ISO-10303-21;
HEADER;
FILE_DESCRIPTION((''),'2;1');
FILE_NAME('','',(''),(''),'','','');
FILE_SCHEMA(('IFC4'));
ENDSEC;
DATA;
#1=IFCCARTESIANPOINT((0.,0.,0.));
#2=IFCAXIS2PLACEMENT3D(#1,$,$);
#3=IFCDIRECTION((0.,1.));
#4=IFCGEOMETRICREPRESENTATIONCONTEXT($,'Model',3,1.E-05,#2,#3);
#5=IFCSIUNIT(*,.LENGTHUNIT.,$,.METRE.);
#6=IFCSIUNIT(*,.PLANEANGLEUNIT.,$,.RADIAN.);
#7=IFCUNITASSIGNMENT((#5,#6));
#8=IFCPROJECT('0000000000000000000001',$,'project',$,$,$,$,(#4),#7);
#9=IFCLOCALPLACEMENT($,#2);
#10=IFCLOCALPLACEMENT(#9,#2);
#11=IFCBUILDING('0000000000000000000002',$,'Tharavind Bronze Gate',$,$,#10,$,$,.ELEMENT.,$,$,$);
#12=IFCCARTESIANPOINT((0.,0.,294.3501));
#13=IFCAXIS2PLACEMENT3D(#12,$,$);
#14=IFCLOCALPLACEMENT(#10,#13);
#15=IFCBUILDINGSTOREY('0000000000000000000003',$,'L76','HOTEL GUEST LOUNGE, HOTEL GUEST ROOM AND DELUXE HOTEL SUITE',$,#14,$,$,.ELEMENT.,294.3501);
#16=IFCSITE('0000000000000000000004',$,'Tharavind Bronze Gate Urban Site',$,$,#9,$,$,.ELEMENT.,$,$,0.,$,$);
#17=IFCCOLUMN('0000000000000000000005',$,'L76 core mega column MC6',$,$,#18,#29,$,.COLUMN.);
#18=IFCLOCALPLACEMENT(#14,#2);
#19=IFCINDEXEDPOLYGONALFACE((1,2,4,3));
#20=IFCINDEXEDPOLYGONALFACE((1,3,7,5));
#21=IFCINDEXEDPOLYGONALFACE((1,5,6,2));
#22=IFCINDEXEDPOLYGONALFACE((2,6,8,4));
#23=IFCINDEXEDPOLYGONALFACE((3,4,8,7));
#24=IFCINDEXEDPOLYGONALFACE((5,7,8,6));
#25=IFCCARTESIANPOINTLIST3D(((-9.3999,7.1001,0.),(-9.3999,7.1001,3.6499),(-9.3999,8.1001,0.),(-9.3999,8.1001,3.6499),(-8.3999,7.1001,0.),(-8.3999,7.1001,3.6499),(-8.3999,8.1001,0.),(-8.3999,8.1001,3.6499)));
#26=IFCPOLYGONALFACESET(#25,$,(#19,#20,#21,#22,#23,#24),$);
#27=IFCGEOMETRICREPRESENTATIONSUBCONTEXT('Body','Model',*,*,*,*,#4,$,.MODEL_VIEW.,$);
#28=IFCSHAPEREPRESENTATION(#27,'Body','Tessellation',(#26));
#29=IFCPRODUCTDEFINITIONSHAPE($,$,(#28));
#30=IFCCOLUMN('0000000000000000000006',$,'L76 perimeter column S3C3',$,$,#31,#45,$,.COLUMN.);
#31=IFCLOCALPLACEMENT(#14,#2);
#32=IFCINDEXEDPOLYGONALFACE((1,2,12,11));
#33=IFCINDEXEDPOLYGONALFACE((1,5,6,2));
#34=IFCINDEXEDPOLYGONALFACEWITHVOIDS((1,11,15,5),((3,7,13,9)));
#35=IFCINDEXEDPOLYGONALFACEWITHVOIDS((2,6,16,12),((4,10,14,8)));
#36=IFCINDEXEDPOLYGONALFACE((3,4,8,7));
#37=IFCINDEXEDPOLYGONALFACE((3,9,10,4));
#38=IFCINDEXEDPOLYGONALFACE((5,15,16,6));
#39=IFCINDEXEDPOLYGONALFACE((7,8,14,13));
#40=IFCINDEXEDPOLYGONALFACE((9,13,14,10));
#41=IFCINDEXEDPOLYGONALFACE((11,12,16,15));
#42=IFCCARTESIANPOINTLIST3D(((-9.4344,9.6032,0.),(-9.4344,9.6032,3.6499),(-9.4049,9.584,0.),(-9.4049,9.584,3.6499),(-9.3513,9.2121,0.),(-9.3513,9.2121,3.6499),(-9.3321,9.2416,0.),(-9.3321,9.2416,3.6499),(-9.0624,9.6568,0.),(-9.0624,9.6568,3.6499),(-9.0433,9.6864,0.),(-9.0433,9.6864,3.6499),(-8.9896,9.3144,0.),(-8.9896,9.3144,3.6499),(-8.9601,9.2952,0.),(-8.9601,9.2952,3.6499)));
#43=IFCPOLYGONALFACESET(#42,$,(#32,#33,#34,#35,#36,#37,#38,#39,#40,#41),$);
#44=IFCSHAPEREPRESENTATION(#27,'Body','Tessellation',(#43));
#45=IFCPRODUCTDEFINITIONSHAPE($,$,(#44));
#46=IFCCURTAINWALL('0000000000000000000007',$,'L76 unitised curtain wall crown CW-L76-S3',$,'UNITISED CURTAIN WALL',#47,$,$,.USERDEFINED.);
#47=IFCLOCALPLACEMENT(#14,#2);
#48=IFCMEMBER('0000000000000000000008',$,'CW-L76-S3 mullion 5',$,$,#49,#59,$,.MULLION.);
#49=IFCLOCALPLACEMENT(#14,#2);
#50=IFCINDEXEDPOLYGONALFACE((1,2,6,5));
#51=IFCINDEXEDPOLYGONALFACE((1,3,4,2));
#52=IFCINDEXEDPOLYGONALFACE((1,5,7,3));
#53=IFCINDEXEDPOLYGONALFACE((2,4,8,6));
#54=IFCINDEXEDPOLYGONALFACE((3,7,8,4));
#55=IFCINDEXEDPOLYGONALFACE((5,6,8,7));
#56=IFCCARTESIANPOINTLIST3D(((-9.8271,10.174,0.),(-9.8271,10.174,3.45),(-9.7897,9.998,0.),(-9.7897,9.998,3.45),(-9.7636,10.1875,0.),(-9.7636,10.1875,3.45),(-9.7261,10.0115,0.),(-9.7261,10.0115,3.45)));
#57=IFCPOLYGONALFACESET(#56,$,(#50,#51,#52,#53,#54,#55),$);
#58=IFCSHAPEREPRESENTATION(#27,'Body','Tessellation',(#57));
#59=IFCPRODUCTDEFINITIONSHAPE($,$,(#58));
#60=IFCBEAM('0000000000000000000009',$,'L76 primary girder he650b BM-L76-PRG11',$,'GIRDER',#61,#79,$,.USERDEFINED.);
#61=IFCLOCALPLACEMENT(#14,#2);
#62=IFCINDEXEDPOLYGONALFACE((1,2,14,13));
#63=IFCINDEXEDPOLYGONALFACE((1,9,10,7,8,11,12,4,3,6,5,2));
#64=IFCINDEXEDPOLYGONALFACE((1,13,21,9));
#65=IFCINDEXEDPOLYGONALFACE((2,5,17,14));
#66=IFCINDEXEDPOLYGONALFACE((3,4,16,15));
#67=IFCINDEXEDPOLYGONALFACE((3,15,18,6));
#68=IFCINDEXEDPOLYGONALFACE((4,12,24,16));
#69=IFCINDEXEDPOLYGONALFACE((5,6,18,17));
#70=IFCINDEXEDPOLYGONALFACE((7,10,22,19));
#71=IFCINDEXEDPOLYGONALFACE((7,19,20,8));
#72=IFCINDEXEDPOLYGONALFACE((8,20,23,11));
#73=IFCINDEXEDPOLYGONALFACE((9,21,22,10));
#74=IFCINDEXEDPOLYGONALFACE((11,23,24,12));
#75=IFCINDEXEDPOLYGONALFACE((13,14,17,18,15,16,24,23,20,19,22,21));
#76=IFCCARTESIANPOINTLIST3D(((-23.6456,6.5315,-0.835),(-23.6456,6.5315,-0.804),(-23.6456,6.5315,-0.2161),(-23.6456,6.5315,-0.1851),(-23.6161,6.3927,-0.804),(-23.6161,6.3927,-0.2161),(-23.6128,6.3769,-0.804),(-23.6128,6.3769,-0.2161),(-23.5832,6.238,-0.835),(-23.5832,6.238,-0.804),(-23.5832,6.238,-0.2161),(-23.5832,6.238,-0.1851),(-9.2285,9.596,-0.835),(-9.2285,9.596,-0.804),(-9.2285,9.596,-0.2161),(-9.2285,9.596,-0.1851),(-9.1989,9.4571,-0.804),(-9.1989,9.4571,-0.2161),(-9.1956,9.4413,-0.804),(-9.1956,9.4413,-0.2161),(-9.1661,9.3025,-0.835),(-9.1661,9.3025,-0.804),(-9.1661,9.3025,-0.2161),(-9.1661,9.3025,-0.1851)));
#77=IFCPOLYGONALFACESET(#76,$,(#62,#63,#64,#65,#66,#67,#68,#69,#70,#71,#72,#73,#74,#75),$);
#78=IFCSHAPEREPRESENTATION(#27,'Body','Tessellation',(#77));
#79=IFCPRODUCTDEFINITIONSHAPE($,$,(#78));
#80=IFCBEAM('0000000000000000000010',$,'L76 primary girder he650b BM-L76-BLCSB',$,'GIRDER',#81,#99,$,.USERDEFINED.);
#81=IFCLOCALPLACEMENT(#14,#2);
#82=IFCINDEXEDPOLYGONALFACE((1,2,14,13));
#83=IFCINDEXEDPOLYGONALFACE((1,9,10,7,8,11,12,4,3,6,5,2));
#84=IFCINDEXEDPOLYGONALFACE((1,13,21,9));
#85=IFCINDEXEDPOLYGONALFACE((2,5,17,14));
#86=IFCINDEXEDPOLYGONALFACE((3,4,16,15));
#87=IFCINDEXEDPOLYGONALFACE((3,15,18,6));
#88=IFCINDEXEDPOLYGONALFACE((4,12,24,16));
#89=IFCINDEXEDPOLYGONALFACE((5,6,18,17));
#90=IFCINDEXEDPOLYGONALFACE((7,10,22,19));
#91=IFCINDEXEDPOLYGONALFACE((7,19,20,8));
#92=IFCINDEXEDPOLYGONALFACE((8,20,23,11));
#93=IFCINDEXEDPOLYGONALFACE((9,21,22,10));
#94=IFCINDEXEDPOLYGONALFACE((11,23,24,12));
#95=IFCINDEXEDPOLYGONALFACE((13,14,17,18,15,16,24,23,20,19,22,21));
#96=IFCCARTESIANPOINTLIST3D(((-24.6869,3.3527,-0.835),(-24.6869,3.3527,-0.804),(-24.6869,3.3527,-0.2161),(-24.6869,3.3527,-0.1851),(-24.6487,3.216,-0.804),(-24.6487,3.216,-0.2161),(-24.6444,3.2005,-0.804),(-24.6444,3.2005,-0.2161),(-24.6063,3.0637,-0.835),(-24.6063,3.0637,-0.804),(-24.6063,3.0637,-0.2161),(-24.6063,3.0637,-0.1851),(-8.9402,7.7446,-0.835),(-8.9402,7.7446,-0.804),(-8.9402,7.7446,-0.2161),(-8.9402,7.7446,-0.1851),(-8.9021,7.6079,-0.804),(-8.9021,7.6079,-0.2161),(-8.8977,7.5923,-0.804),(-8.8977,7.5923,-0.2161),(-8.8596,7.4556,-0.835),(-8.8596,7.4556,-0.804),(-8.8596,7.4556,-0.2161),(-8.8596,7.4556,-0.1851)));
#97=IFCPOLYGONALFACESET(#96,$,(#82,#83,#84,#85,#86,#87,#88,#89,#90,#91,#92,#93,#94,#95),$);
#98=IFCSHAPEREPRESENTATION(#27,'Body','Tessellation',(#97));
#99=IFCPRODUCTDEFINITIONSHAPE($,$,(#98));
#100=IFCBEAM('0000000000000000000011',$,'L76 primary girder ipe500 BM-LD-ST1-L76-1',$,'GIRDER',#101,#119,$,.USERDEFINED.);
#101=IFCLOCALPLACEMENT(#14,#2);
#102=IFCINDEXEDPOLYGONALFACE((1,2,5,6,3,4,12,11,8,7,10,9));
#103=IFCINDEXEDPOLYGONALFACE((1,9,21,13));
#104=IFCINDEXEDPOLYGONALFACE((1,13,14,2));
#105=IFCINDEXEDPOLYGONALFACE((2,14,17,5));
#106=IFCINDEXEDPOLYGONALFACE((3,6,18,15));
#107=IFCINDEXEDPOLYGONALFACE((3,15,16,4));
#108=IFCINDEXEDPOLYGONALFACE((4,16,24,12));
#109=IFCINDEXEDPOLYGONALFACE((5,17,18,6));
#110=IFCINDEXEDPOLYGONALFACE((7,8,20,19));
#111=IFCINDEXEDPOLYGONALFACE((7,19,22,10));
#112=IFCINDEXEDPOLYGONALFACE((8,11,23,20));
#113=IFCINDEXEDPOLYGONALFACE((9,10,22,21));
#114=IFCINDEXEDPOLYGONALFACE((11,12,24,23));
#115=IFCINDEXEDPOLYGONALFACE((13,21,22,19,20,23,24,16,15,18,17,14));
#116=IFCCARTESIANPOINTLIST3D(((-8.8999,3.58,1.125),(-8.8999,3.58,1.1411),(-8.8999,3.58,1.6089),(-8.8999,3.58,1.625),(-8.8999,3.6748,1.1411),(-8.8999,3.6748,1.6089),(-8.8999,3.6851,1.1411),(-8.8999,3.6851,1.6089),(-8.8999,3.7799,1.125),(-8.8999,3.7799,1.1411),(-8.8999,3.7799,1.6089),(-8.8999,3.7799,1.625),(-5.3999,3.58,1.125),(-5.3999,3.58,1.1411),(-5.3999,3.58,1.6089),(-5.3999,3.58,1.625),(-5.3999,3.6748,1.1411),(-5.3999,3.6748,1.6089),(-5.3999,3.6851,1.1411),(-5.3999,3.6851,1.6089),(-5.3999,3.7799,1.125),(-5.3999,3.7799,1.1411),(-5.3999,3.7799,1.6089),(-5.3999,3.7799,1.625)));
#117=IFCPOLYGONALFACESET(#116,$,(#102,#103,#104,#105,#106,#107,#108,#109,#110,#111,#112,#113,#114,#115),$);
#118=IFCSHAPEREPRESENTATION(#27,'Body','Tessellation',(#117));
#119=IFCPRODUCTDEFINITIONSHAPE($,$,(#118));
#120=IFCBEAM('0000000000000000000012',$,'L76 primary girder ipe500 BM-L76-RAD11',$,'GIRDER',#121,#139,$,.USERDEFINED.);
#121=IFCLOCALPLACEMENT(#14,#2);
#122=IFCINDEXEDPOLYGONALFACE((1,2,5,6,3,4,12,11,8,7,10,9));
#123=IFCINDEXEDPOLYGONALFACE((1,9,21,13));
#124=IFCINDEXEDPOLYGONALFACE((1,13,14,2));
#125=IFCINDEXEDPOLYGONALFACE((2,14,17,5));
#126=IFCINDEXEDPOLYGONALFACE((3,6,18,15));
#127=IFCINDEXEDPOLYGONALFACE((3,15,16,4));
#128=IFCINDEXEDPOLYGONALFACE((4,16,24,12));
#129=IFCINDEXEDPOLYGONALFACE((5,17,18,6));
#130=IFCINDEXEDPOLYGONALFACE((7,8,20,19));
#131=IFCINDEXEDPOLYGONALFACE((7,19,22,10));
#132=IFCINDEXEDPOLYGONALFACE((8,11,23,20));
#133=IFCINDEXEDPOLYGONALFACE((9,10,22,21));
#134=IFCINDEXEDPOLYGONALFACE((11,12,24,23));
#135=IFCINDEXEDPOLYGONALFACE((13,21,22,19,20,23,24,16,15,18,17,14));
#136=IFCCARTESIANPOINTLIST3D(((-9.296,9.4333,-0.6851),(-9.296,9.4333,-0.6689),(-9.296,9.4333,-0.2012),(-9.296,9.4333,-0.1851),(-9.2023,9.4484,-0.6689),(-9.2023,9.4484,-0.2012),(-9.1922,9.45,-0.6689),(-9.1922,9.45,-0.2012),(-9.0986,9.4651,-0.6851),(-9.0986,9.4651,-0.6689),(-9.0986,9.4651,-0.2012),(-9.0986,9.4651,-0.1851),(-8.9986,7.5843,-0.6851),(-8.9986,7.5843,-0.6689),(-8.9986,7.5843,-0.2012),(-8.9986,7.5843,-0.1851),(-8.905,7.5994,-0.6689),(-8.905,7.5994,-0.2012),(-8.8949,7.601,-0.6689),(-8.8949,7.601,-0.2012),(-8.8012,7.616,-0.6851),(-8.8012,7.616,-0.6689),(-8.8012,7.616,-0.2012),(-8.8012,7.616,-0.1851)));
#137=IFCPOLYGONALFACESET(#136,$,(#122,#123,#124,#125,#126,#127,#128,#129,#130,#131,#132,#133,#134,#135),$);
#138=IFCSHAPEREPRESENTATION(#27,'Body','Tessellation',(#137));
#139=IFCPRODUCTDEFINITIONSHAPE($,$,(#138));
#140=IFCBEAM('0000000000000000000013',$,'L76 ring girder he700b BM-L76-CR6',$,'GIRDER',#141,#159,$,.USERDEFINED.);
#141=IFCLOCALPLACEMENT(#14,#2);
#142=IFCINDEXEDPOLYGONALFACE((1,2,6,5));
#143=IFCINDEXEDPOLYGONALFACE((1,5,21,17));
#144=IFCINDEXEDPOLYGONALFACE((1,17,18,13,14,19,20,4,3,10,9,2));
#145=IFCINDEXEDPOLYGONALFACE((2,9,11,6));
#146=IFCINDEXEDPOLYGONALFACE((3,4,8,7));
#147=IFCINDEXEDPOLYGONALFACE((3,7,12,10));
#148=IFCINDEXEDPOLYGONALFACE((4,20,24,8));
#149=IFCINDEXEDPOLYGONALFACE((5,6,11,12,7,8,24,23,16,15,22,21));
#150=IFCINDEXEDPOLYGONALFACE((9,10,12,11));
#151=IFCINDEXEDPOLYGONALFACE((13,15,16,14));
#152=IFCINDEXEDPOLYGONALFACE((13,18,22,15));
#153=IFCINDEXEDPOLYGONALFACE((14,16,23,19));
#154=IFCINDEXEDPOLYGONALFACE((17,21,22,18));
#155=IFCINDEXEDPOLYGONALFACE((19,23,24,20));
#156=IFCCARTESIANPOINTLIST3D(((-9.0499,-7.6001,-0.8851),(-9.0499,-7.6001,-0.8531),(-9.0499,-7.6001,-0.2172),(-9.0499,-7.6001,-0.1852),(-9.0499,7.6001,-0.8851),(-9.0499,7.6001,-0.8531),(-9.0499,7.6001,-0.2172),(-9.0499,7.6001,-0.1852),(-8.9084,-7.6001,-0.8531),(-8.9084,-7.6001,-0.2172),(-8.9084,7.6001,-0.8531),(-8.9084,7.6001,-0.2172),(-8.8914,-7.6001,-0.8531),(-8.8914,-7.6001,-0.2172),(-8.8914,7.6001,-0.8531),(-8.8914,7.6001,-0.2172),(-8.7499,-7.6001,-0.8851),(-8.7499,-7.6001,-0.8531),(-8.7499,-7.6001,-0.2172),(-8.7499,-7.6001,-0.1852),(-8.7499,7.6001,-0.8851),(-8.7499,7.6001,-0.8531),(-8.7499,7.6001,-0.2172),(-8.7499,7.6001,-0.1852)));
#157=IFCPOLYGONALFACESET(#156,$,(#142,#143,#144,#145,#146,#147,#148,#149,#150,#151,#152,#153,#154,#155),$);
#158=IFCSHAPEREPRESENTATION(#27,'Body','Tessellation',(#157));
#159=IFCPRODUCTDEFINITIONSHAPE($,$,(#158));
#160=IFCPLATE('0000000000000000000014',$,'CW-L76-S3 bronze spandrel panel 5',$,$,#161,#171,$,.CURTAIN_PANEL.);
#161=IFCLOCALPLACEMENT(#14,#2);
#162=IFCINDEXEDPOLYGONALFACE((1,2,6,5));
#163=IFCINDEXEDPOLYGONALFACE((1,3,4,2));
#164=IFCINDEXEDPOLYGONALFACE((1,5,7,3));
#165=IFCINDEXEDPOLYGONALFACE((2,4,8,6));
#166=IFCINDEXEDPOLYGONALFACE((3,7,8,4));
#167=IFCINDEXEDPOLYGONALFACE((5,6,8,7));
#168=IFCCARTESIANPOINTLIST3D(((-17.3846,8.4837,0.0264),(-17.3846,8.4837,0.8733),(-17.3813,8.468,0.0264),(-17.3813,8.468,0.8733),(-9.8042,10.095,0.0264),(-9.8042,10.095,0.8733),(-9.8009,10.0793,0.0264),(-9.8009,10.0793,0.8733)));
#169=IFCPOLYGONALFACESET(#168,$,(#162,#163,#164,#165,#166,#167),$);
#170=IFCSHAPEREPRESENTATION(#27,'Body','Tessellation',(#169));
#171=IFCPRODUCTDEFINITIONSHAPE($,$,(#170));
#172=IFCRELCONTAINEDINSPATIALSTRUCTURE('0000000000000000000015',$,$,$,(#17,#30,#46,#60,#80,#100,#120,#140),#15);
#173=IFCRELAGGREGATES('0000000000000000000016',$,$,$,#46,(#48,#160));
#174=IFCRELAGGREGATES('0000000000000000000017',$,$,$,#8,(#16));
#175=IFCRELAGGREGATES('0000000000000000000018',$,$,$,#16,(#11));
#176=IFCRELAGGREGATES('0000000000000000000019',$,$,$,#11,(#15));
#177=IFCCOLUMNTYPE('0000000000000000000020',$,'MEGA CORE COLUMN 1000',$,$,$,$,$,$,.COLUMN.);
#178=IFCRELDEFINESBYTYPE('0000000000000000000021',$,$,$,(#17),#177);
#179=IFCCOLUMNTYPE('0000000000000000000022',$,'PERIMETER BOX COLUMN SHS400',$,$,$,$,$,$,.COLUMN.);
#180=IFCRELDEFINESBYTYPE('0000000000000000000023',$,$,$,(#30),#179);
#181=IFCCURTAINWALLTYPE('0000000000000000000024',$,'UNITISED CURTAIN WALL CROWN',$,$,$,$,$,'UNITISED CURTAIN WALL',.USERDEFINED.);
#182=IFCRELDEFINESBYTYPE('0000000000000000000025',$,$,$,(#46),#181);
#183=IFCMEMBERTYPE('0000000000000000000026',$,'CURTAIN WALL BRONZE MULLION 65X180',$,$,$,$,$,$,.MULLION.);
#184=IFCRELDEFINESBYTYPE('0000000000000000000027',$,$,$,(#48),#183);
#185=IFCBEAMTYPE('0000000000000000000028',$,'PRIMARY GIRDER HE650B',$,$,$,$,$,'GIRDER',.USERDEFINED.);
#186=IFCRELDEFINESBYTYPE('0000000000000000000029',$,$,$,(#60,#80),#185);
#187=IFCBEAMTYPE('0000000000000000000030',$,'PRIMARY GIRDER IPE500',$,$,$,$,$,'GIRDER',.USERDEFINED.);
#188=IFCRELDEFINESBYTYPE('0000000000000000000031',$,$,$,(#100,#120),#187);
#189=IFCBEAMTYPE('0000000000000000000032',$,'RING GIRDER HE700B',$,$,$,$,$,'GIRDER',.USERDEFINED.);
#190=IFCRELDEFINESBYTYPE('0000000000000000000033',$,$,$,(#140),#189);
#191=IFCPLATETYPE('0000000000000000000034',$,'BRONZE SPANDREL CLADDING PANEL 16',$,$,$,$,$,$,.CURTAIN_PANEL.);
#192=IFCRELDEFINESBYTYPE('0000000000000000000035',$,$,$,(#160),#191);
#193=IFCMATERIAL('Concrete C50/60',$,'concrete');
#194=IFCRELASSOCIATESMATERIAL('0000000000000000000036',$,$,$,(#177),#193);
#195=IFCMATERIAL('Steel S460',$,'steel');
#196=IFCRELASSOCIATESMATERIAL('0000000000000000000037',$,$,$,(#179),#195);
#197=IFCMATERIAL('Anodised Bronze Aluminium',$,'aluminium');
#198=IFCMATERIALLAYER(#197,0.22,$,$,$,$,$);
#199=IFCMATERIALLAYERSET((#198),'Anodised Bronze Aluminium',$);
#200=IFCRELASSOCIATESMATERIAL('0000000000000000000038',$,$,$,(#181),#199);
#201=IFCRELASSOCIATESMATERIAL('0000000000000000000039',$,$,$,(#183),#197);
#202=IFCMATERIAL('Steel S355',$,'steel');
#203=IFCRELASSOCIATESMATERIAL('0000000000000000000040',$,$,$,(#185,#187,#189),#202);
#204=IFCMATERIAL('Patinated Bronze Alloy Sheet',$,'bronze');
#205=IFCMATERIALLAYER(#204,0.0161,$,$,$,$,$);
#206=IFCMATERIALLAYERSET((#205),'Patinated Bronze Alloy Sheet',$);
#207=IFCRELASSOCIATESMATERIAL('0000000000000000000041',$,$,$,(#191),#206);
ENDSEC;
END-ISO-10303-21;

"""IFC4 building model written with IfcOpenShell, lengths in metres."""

from ifc_helpers import new_model, si_unit, direction, frame, origin, origin_2d, place, context, subcontext, project, spatial, rectangle, hollow_rectangle, i_section, extrude, material, layer, layer_set, material_profile, profile_set, type_object, element, aggregate, save


model = new_model("IFC4")

# Units and contexts
model_context = context("Model", 3, precision=1e-05, world=origin(), true_north=direction((0.0, 1.0)))
body_context = subcontext(model_context, "Body", "Model", "MODEL_VIEW")
ifc_project = project(units=[si_unit("LENGTHUNIT", "METRE"), si_unit("PLANEANGLEUNIT", "RADIAN")], contexts=[model_context])

# Site, building, storey
site_placement = place(None, origin())
site = spatial("IfcSite", under=ifc_project, at=site_placement, Name="Tharavind Bronze Gate Urban Site", CompositionType="ELEMENT", RefElevation=0.0)
building_placement = place(site_placement, origin())
building = spatial("IfcBuilding", under=site, at=building_placement, Name="Tharavind Bronze Gate", CompositionType="ELEMENT")
storey_placement = place(building_placement, frame((0.0, 0.0, 294.3501)))
storey = spatial("IfcBuildingStorey", under=building, at=storey_placement, Name="L76", Description="HOTEL GUEST LOUNGE, HOTEL GUEST ROOM AND DELUXE HOTEL SUITE", CompositionType="ELEMENT", Elevation=294.3501)

# Columns
ifc_material_1 = material(Name="Concrete C50/60", Category="concrete")
ifc_material_profile_1 = material_profile(ifc_material_1, rectangle(XDim=1.0, YDim=1.0, at=origin_2d()), Name="RCCOL1000")
ifc_profile_set_1 = profile_set([ifc_material_profile_1], Name="Concrete C50/60")
column_type_1 = type_object("IfcColumnType", Name="MEGA CORE COLUMN 1000", PredefinedType="COLUMN", material=ifc_profile_set_1)
column_1_placement = place(storey_placement, frame((-8.8999, 7.6001, 0.0), z_axis=(0.0, 0.0, 1.0), x_axis=(1.0, 0.0, 0.0)))
element("IfcColumn", 1, at=column_1_placement, inside=storey, type_object=column_type_1, Name="L76 core mega column MC6", PredefinedType="COLUMN", context=body_context, shape_type="SweptSolid", body=[
    extrude(rectangle(XDim=1.0, YDim=1.0, at=origin_2d()), origin(), (0.0, 0.0, 1.0), 3.6499),
])
ifc_material_2 = material(Name="Steel S460", Category="steel")
ifc_material_profile_2 = material_profile(ifc_material_2, hollow_rectangle(XDim=0.3999, YDim=0.3999, WallThickness=0.0249, at=origin_2d()), Name="SHS400X25")
ifc_profile_set_2 = profile_set([ifc_material_profile_2], Name="Steel S460")
column_type_2 = type_object("IfcColumnType", Name="PERIMETER BOX COLUMN SHS400", PredefinedType="COLUMN", material=ifc_profile_set_2)
column_2_placement = place(storey_placement, frame((-9.1973, 9.4492, 0.0), z_axis=(0.0, 0.0, 1.0), x_axis=(0.978147, 0.207913, 0.0)))
element("IfcColumn", 2, at=column_2_placement, inside=storey, type_object=column_type_2, Name="L76 perimeter column S3C3", PredefinedType="COLUMN", context=body_context, shape_type="SweptSolid", body=[
    extrude(hollow_rectangle(XDim=0.3999, YDim=0.3999, WallThickness=0.0249, at=origin_2d()), origin(), (0.0, 0.0, 1.0), 3.6499),
])

# Curtain wall, member
ifc_material_3 = material(Name="Anodised Bronze Aluminium", Category="aluminium")
ifc_layer_1 = layer(ifc_material_3, 0.22)
ifc_layer_set_1 = layer_set([ifc_layer_1], Name="Anodised Bronze Aluminium")
curtain_wall_type = type_object("IfcCurtainWallType", Name="UNITISED CURTAIN WALL CROWN", ElementType="UNITISED CURTAIN WALL", PredefinedType="USERDEFINED", material=ifc_layer_set_1)
curtain_wall_placement = place(storey_placement, origin())
curtain_wall = element("IfcCurtainWall", 3, at=curtain_wall_placement, inside=storey, type_object=curtain_wall_type, Name="L76 unitised curtain wall crown CW-L76-S3", ObjectType="UNITISED CURTAIN WALL", PredefinedType="USERDEFINED")
member_type = type_object("IfcMemberType", Name="CURTAIN WALL BRONZE MULLION 65X180", PredefinedType="MULLION", material=ifc_material_3)
member_placement = place(storey_placement, frame((-9.7766, 10.0928, 0.0), z_axis=(0.0, 0.0, 1.0), x_axis=(-0.978147, -0.207913, 0.0)))
member = element("IfcMember", 4, at=member_placement, type_object=member_type, Name="CW-L76-S3 mullion 5", PredefinedType="MULLION", context=body_context, shape_type="SweptSolid", body=[
    extrude(rectangle(XDim=0.0649, YDim=0.1799, at=origin_2d()), origin(), (0.0, 0.0, 1.0), 3.45),
])

# Beams
ifc_material_4 = material(Name="Steel S355", Category="steel")
ifc_material_profile_3 = material_profile(ifc_material_4, i_section(OverallWidth=0.3, OverallDepth=0.6499, WebThickness=0.0161, FlangeThickness=0.031, at=origin_2d()), Name="HE650B")
ifc_profile_set_3 = profile_set([ifc_material_profile_3], Name="Steel S355")
beam_type_1 = type_object("IfcBeamType", Name="PRIMARY GIRDER HE650B", ElementType="GIRDER", PredefinedType="USERDEFINED", material=ifc_profile_set_3)
beam_1_placement = place(storey_placement, frame((-9.1973, 9.4492, -0.51), z_axis=(-0.978148, -0.20791, 0.0), x_axis=(0.20791, -0.978148, 0.0)))
element("IfcBeam", 5, at=beam_1_placement, inside=storey, type_object=beam_type_1, Name="L76 primary girder he650b BM-L76-PRG11", ObjectType="GIRDER", PredefinedType="USERDEFINED", context=body_context, shape_type="SweptSolid", body=[
    extrude(i_section(OverallWidth=0.3, OverallDepth=0.6499, WebThickness=0.0161, FlangeThickness=0.031, at=origin_2d()), origin(), (0.0, 0.0, 1.0), 14.7393),
])
beam_2_placement = place(storey_placement, frame((-8.8999, 7.6001, -0.51), z_axis=(-0.963237, -0.268654, 0.0), x_axis=(0.268654, -0.963237, 0.0)))
element("IfcBeam", 6, at=beam_2_placement, inside=storey, type_object=beam_type_1, Name="L76 primary girder he650b BM-L76-BLCSB", ObjectType="GIRDER", PredefinedType="USERDEFINED", context=body_context, shape_type="SweptSolid", body=[
    extrude(i_section(OverallWidth=0.3, OverallDepth=0.6499, WebThickness=0.0161, FlangeThickness=0.031, at=origin_2d()), origin(), (0.0, 0.0, 1.0), 16.3477),
])
ifc_material_profile_4 = material_profile(ifc_material_4, i_section(OverallWidth=0.2, OverallDepth=0.5, WebThickness=0.0103, FlangeThickness=0.0161, at=origin_2d()), Name="IPE500")
ifc_profile_set_4 = profile_set([ifc_material_profile_4], Name="Steel S355")
beam_type_2 = type_object("IfcBeamType", Name="PRIMARY GIRDER IPE500", ElementType="GIRDER", PredefinedType="USERDEFINED", material=ifc_profile_set_4)
beam_3_placement = place(storey_placement, frame((-8.8999, 3.6799, 1.375), z_axis=(1.0, 0.0, 0.0), x_axis=(0.0, 1.0, 0.0)))
element("IfcBeam", 7, at=beam_3_placement, inside=storey, type_object=beam_type_2, Name="L76 primary girder ipe500 BM-LD-ST1-L76-1", ObjectType="GIRDER", PredefinedType="USERDEFINED", context=body_context, shape_type="SweptSolid", body=[
    extrude(i_section(OverallWidth=0.2, OverallDepth=0.5, WebThickness=0.0103, FlangeThickness=0.0161, at=origin_2d()), origin(), (0.0, 0.0, 1.0), 3.5),
])
beam_4_placement = place(storey_placement, frame((-9.1973, 9.4492, -0.4351), z_axis=(0.158773, -0.987315, 0.0), x_axis=(0.987315, 0.158773, 0.0)))
element("IfcBeam", 8, at=beam_4_placement, inside=storey, type_object=beam_type_2, Name="L76 primary girder ipe500 BM-L76-RAD11", ObjectType="GIRDER", PredefinedType="USERDEFINED", context=body_context, shape_type="SweptSolid", body=[
    extrude(i_section(OverallWidth=0.2, OverallDepth=0.5, WebThickness=0.0103, FlangeThickness=0.0161, at=origin_2d()), origin(), (0.0, 0.0, 1.0), 1.8728),
])
ifc_material_profile_5 = material_profile(ifc_material_4, i_section(OverallWidth=0.3, OverallDepth=0.7, WebThickness=0.0171, FlangeThickness=0.032, at=origin_2d()), Name="HE700B")
ifc_profile_set_5 = profile_set([ifc_material_profile_5], Name="Steel S355")
beam_type_3 = type_object("IfcBeamType", Name="RING GIRDER HE700B", ElementType="GIRDER", PredefinedType="USERDEFINED", material=ifc_profile_set_5)
beam_5_placement = place(storey_placement, frame((-8.8999, 7.6001, -0.5352), z_axis=(0.0, -1.0, 0.0), x_axis=(1.0, 0.0, 0.0)))
element("IfcBeam", 9, at=beam_5_placement, inside=storey, type_object=beam_type_3, Name="L76 ring girder he700b BM-L76-CR6", ObjectType="GIRDER", PredefinedType="USERDEFINED", context=body_context, shape_type="SweptSolid", body=[
    extrude(i_section(OverallWidth=0.3, OverallDepth=0.7, WebThickness=0.0171, FlangeThickness=0.032, at=origin_2d()), origin(), (0.0, 0.0, 1.0), 15.2002),
])

# Plate
ifc_material_5 = material(Name="Patinated Bronze Alloy Sheet", Category="bronze")
ifc_layer_2 = layer(ifc_material_5, 0.0161)
ifc_layer_set_2 = layer_set([ifc_layer_2], Name="Patinated Bronze Alloy Sheet")
plate_type_1 = type_object("IfcPlateType", Name="BRONZE SPANDREL CLADDING PANEL 16", PredefinedType="CURTAIN_PANEL", material=ifc_layer_set_2)
plate_1_placement = place(storey_placement, frame((-13.5928, 9.2815, 0.0264), z_axis=(0.0, 0.0, 1.0), x_axis=(-0.978147, -0.207913, 0.0)))
plate_1 = element("IfcPlate", 10, at=plate_1_placement, type_object=plate_type_1, Name="CW-L76-S3 bronze spandrel panel 5", PredefinedType="CURTAIN_PANEL", context=body_context, shape_type="SweptSolid", body=[
    extrude(rectangle(XDim=7.7498, YDim=0.0161, at=origin_2d()), origin(), (0.0, 0.0, 1.0), 0.8469),
])
aggregate(curtain_wall, [member, plate_1])

save(model, "model.ifc")
